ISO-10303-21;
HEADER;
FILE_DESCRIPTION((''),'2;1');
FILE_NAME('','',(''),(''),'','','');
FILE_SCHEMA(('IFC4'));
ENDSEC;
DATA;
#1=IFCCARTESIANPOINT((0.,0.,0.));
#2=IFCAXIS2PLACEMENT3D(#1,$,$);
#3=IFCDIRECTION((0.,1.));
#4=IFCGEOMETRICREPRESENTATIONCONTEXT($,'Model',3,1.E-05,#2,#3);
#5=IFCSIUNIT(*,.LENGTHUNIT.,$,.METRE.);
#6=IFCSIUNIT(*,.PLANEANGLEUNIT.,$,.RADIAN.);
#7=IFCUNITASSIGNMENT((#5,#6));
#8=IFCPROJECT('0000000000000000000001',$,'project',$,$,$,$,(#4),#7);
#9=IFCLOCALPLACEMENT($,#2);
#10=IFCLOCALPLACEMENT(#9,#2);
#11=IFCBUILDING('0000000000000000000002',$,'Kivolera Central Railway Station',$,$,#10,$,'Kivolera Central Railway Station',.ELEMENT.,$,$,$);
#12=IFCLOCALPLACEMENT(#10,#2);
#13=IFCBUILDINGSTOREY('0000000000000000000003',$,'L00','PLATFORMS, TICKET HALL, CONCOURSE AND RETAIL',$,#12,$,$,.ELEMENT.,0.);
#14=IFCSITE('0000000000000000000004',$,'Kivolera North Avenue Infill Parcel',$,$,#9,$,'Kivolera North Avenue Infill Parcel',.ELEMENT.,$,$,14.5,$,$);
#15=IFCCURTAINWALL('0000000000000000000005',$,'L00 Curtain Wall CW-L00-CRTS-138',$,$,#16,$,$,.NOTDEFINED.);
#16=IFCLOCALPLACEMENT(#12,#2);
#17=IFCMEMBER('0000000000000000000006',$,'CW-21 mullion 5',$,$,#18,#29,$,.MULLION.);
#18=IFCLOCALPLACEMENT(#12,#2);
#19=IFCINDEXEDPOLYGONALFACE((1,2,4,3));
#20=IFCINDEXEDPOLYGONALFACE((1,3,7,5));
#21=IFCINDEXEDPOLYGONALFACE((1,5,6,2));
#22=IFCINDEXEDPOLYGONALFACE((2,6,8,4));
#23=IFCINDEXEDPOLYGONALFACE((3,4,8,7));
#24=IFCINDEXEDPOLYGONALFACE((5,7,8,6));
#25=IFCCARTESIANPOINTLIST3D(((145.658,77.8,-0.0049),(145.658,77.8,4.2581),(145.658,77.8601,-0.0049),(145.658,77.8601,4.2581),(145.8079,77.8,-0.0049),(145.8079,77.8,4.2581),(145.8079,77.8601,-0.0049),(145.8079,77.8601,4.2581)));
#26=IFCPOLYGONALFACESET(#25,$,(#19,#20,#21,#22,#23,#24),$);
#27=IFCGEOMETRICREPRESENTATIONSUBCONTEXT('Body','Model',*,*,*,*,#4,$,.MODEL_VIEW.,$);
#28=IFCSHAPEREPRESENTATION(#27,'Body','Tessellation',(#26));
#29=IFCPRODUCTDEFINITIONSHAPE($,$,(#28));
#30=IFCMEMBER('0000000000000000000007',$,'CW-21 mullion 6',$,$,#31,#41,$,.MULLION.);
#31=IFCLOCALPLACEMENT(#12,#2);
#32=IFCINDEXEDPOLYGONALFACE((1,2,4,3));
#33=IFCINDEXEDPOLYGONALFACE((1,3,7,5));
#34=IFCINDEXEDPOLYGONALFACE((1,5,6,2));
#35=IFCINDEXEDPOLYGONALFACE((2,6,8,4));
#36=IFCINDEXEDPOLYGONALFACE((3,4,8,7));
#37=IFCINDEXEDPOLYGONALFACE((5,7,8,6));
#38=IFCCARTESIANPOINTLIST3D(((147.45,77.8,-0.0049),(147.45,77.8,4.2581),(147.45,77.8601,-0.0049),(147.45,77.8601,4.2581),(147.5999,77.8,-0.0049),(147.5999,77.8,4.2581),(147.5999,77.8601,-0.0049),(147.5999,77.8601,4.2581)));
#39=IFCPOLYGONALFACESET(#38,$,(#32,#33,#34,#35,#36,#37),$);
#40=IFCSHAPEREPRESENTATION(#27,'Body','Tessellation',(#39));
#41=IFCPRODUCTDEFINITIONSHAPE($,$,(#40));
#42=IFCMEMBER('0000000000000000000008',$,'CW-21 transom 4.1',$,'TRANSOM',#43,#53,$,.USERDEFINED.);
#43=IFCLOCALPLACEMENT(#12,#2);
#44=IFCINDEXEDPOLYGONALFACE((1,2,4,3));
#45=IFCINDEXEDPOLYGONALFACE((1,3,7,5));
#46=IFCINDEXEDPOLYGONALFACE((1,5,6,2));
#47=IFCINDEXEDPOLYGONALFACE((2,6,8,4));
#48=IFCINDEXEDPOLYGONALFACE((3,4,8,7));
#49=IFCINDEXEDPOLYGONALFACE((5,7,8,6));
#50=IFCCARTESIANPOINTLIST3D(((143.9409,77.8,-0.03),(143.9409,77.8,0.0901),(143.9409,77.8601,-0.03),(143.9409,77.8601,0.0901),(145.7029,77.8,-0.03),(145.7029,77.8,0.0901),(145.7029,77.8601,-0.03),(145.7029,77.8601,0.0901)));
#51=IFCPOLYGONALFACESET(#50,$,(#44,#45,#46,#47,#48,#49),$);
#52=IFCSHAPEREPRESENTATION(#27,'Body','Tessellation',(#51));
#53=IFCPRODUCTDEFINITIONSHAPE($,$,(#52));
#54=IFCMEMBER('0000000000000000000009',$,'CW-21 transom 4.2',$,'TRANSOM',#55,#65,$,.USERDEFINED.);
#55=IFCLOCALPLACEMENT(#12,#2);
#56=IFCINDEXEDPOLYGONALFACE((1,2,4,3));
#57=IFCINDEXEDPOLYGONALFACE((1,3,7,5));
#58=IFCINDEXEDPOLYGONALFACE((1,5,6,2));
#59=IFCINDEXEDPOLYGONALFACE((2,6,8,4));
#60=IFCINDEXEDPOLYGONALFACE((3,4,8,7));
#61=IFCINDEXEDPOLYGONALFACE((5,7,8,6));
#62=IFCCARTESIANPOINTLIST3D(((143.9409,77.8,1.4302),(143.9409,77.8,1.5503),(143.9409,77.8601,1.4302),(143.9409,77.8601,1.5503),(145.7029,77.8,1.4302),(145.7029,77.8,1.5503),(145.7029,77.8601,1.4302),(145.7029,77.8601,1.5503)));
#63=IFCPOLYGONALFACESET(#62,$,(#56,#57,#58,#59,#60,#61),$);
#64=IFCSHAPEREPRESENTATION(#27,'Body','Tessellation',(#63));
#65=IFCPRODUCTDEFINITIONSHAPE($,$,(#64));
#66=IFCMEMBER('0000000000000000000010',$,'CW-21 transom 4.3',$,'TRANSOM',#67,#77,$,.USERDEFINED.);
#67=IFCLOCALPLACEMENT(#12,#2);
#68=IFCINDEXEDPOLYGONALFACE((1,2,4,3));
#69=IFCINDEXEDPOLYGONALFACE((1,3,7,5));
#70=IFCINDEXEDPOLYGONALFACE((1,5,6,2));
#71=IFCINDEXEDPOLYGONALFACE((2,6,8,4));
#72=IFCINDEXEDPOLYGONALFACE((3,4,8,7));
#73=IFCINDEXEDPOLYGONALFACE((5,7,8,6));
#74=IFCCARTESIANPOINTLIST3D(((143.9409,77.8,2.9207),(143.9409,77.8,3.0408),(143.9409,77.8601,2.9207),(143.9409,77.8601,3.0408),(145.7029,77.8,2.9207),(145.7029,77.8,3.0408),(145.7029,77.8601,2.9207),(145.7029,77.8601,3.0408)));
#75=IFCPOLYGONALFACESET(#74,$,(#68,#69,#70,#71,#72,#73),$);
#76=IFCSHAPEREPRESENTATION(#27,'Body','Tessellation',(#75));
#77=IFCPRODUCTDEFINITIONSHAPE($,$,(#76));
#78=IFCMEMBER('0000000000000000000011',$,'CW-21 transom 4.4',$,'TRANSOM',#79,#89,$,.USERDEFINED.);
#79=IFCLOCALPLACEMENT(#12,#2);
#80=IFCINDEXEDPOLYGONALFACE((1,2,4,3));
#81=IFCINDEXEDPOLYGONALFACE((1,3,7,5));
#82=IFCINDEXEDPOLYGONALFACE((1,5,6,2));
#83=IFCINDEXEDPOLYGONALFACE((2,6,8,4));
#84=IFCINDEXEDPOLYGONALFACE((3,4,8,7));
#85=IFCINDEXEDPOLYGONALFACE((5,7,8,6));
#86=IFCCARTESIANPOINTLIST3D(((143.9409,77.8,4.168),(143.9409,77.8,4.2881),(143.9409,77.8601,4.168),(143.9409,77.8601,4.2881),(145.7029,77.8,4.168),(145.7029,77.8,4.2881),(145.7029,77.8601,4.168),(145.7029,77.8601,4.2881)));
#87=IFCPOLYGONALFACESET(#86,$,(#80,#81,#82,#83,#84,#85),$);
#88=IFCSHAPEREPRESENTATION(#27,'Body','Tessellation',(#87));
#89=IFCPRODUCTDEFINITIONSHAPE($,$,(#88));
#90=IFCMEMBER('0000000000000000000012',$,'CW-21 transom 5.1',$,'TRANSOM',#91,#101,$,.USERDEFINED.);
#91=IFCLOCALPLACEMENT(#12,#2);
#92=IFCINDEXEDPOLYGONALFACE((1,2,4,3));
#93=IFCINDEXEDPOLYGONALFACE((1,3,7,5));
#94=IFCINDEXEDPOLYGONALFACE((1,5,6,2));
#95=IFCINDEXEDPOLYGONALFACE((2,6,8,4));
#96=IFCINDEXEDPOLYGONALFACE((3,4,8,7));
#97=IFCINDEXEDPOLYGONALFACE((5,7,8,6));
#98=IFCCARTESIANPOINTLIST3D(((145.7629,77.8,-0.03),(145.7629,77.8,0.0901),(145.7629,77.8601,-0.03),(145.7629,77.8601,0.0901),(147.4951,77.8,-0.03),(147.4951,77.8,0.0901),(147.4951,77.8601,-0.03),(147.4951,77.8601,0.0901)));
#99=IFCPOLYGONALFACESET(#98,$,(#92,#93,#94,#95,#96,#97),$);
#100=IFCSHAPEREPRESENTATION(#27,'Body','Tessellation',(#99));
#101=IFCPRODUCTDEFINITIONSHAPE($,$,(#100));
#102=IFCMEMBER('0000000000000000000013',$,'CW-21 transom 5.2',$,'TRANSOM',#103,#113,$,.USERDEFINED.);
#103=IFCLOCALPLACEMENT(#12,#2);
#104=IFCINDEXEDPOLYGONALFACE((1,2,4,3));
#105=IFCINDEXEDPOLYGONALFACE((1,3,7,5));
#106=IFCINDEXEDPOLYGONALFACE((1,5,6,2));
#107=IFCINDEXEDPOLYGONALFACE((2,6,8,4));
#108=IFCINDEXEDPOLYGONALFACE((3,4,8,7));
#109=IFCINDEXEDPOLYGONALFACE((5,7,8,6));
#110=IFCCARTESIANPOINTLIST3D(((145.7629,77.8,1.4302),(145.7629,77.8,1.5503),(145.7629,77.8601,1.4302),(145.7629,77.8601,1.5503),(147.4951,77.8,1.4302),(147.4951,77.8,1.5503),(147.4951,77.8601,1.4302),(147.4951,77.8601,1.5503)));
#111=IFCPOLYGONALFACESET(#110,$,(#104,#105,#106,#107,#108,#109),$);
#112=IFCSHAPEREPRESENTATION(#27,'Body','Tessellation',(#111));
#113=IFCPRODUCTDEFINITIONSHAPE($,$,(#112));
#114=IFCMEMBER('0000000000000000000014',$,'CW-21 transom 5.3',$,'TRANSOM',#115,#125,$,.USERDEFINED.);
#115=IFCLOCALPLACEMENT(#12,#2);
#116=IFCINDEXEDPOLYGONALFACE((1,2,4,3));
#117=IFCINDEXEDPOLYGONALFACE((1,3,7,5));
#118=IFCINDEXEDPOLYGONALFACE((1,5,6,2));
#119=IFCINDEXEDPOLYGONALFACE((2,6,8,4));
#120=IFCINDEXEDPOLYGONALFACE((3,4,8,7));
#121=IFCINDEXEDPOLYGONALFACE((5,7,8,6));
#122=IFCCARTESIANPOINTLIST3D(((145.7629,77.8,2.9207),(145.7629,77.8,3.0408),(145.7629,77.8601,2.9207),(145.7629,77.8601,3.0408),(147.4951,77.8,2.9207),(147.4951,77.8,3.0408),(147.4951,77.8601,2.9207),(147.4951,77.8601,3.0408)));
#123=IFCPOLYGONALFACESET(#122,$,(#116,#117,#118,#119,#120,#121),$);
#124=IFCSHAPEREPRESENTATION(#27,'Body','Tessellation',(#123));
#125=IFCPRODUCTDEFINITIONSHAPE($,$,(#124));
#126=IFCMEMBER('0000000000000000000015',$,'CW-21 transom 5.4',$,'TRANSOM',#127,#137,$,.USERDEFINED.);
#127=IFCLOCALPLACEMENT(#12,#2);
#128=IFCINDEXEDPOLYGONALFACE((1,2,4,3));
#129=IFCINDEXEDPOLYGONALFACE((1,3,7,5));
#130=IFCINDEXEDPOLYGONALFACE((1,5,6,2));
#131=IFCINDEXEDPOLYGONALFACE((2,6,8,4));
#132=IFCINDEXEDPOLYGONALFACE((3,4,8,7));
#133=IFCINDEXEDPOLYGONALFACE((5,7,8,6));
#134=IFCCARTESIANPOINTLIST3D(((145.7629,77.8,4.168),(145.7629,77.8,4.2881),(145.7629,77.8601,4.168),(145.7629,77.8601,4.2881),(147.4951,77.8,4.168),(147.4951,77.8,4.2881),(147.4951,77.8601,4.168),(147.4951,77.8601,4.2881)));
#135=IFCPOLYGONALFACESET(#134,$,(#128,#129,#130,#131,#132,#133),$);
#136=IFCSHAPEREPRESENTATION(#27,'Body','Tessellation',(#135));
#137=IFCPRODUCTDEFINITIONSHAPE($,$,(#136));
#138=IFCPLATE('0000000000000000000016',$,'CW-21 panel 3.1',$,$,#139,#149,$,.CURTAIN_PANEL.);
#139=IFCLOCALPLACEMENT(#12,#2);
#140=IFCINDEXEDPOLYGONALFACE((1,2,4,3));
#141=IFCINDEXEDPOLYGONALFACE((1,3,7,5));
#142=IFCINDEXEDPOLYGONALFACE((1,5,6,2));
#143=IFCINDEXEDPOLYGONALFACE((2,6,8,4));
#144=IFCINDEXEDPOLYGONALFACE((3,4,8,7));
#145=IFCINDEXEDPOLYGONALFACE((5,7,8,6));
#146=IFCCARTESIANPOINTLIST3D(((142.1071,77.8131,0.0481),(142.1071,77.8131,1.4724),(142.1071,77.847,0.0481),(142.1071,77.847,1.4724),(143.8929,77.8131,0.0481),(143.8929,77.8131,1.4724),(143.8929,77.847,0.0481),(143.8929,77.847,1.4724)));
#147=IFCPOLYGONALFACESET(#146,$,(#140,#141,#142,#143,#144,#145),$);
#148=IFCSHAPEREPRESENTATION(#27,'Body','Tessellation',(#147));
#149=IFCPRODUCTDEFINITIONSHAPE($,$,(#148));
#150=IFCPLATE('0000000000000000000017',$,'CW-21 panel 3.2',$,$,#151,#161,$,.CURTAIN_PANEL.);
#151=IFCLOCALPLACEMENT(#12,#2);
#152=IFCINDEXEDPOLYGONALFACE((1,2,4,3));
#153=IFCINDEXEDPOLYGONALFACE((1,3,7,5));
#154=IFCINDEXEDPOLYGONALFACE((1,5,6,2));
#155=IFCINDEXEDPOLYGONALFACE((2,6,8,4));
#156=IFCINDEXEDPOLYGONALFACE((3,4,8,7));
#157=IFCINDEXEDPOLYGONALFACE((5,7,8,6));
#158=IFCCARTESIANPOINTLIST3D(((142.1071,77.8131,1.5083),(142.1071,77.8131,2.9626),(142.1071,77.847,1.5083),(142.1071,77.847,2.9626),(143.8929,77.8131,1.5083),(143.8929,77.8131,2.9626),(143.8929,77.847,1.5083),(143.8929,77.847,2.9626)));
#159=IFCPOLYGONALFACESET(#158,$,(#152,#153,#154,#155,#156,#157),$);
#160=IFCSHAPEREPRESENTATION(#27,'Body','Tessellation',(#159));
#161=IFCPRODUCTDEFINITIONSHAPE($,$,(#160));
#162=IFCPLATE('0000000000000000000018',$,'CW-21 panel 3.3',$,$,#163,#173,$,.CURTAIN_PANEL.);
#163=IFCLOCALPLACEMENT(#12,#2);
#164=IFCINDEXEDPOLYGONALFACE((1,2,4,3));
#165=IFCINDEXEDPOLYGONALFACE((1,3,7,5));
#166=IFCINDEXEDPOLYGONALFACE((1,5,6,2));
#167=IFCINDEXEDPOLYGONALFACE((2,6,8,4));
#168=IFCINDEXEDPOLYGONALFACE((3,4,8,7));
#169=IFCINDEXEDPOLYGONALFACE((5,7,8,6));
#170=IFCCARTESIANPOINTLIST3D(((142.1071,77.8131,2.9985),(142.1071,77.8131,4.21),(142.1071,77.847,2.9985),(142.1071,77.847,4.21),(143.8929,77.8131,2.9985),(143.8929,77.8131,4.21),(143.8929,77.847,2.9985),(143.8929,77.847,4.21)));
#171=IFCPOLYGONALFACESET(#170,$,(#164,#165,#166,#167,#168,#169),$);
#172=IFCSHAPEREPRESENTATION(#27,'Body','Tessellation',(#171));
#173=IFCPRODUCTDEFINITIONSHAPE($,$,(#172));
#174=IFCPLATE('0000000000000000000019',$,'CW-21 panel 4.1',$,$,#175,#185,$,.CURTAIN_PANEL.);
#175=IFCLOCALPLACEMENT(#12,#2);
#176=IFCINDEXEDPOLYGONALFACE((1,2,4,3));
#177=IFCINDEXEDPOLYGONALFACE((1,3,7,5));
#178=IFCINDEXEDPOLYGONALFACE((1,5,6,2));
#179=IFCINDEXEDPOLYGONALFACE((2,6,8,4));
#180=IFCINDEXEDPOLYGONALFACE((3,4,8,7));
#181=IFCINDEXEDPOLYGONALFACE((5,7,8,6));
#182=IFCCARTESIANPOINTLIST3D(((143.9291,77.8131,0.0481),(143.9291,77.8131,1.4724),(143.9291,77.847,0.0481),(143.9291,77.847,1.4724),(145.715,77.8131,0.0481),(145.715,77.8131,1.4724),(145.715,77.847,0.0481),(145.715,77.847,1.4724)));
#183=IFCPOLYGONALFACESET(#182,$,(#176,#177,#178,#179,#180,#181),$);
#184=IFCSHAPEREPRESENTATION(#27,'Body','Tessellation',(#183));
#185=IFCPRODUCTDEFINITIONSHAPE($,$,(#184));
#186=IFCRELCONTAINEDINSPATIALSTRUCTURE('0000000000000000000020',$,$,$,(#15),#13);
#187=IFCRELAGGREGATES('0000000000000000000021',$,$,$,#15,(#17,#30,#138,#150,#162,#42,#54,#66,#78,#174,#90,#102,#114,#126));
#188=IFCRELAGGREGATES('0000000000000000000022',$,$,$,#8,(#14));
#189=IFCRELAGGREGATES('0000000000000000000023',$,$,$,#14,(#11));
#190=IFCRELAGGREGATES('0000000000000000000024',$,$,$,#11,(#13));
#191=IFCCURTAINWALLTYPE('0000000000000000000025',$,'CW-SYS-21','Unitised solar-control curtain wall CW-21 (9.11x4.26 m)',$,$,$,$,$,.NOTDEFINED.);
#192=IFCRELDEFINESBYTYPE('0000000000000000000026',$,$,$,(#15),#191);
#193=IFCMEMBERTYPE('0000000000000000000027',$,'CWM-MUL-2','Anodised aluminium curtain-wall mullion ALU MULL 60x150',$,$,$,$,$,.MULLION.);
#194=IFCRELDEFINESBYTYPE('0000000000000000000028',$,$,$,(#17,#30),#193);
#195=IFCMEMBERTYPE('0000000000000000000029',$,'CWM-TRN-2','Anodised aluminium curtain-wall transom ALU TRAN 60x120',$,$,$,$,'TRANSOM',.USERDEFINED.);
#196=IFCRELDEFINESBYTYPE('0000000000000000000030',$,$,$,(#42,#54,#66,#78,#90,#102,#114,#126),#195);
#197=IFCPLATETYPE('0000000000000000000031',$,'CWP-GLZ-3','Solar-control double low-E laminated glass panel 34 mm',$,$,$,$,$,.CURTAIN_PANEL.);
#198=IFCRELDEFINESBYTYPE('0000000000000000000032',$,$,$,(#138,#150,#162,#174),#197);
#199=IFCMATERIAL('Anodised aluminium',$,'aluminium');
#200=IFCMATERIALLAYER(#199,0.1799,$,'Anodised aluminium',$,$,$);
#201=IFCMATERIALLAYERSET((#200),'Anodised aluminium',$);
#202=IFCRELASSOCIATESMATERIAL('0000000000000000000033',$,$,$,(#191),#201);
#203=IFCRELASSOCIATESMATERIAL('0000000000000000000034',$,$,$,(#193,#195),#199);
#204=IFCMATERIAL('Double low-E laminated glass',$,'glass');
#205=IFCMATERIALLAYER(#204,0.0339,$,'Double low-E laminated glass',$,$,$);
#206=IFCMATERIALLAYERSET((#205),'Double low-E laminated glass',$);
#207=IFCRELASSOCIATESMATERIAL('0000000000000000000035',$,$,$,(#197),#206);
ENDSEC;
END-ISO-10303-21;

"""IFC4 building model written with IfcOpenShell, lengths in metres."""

from ifc_helpers import new_model, si_unit, direction, frame, origin, origin_2d, place, context, subcontext, project, spatial, rectangle, extrude, material, layer, layer_set, material_profile, profile_set, type_object, element, aggregate, save


model = new_model("IFC4")

# Units and contexts
model_context = context("Model", 3, precision=1e-05, world=origin(), true_north=direction((0.0, 1.0)))
body_context = subcontext(model_context, "Body", "Model", "MODEL_VIEW")
ifc_project = project(units=[si_unit("LENGTHUNIT", "METRE"), si_unit("PLANEANGLEUNIT", "RADIAN")], contexts=[model_context])

# Site, building, storey
site_placement = place(None, origin())
site = spatial("IfcSite", under=ifc_project, at=site_placement, Name="Kivolera North Avenue Infill Parcel", LongName="Kivolera North Avenue Infill Parcel", CompositionType="ELEMENT", RefElevation=14.5)
building_placement = place(site_placement, origin())
building = spatial("IfcBuilding", under=site, at=building_placement, Name="Kivolera Central Railway Station", LongName="Kivolera Central Railway Station", CompositionType="ELEMENT")
storey_placement = place(building_placement, origin())
storey = spatial("IfcBuildingStorey", under=building, at=storey_placement, Name="L00", Description="PLATFORMS, TICKET HALL, CONCOURSE AND RETAIL", CompositionType="ELEMENT", Elevation=0.0)

# Curtain wall, members, plates
ifc_material_1 = material(Name="Anodised aluminium", Category="aluminium")
ifc_layer_1 = layer(ifc_material_1, 0.1799, Name="Anodised aluminium")
ifc_layer_set_1 = layer_set([ifc_layer_1], Name="Anodised aluminium")
curtain_wall_type = type_object("IfcCurtainWallType", Name="CW-SYS-21", Description="Unitised solar-control curtain wall CW-21 (9.11x4.26 m)", PredefinedType="NOTDEFINED", material=ifc_layer_set_1)
curtain_wall_placement = place(storey_placement, origin())
curtain_wall = element("IfcCurtainWall", 1, at=curtain_wall_placement, inside=storey, type_object=curtain_wall_type, Name="L00 Curtain Wall CW-L00-CRTS-138", PredefinedType="NOTDEFINED")
ifc_material_profile_1 = material_profile(ifc_material_1, rectangle(XDim=0.0601, YDim=0.1499, at=origin_2d()), Name="ALU MULL 60x150")
ifc_profile_set_1 = profile_set([ifc_material_profile_1], Name="Anodised aluminium")
member_type_1 = type_object("IfcMemberType", Name="CWM-MUL-2", Description="Anodised aluminium curtain-wall mullion ALU MULL 60x150", PredefinedType="MULLION", material=ifc_profile_set_1)
member_1_placement = place(storey_placement, frame((145.7329, 77.8301, -0.0049), z_axis=(0.0, 0.0, 1.0), x_axis=(0.0, 1.0, 0.0)))
member_1 = element("IfcMember", 2, at=member_1_placement, type_object=member_type_1, Name="CW-21 mullion 5", PredefinedType="MULLION", context=body_context, shape_type="SweptSolid", body=[
    extrude(rectangle(XDim=0.0601, YDim=0.1499, at=origin_2d()), origin(), (0.0, 0.0, 1.0), 4.2629),
])
member_2_placement = place(storey_placement, frame((147.5249, 77.8301, -0.0049), z_axis=(0.0, 0.0, 1.0), x_axis=(0.0, 1.0, 0.0)))
member_2 = element("IfcMember", 3, at=member_2_placement, type_object=member_type_1, Name="CW-21 mullion 6", PredefinedType="MULLION", context=body_context, shape_type="SweptSolid", body=[
    extrude(rectangle(XDim=0.0601, YDim=0.1499, at=origin_2d()), origin(), (0.0, 0.0, 1.0), 4.2629),
])
ifc_material_profile_2 = material_profile(ifc_material_1, rectangle(XDim=0.0601, YDim=0.1201, at=origin_2d()), Name="ALU TRAN 60x120")
ifc_profile_set_2 = profile_set([ifc_material_profile_2], Name="Anodised aluminium")
member_type_2 = type_object("IfcMemberType", Name="CWM-TRN-2", Description="Anodised aluminium curtain-wall transom ALU TRAN 60x120", ElementType="TRANSOM", PredefinedType="USERDEFINED", material=ifc_profile_set_2)
member_3_placement = place(storey_placement, frame((143.9409, 77.8301, 0.03), z_axis=(1.0, 0.0, 0.0), x_axis=(0.0, 1.0, 0.0)))
member_3 = element("IfcMember", 4, at=member_3_placement, type_object=member_type_2, Name="CW-21 transom 4.1", ObjectType="TRANSOM", PredefinedType="USERDEFINED", context=body_context, shape_type="SweptSolid", body=[
    extrude(rectangle(XDim=0.0601, YDim=0.1201, at=origin_2d()), origin(), (0.0, 0.0, 1.0), 1.762),
])
member_4_placement = place(storey_placement, frame((143.9409, 77.8301, 1.4902), z_axis=(1.0, 0.0, 0.0), x_axis=(0.0, 1.0, 0.0)))
member_4 = element("IfcMember", 5, at=member_4_placement, type_object=member_type_2, Name="CW-21 transom 4.2", ObjectType="TRANSOM", PredefinedType="USERDEFINED", context=body_context, shape_type="SweptSolid", body=[
    extrude(rectangle(XDim=0.0601, YDim=0.1201, at=origin_2d()), origin(), (0.0, 0.0, 1.0), 1.762),
])
member_5_placement = place(storey_placement, frame((143.9409, 77.8301, 2.9807), z_axis=(1.0, 0.0, 0.0), x_axis=(0.0, 1.0, 0.0)))
member_5 = element("IfcMember", 6, at=member_5_placement, type_object=member_type_2, Name="CW-21 transom 4.3", ObjectType="TRANSOM", PredefinedType="USERDEFINED", context=body_context, shape_type="SweptSolid", body=[
    extrude(rectangle(XDim=0.0601, YDim=0.1201, at=origin_2d()), origin(), (0.0, 0.0, 1.0), 1.762),
])
member_6_placement = place(storey_placement, frame((143.9409, 77.8301, 4.228), z_axis=(1.0, 0.0, 0.0), x_axis=(0.0, 1.0, 0.0)))
member_6 = element("IfcMember", 7, at=member_6_placement, type_object=member_type_2, Name="CW-21 transom 4.4", ObjectType="TRANSOM", PredefinedType="USERDEFINED", context=body_context, shape_type="SweptSolid", body=[
    extrude(rectangle(XDim=0.0601, YDim=0.1201, at=origin_2d()), origin(), (0.0, 0.0, 1.0), 1.762),
])
member_7_placement = place(storey_placement, frame((145.7629, 77.8301, 0.03), z_axis=(1.0, 0.0, 0.0), x_axis=(0.0, 1.0, 0.0)))
member_7 = element("IfcMember", 8, at=member_7_placement, type_object=member_type_2, Name="CW-21 transom 5.1", ObjectType="TRANSOM", PredefinedType="USERDEFINED", context=body_context, shape_type="SweptSolid", body=[
    extrude(rectangle(XDim=0.0601, YDim=0.1201, at=origin_2d()), origin(), (0.0, 0.0, 1.0), 1.7322),
])
member_8_placement = place(storey_placement, frame((145.7629, 77.8301, 1.4902), z_axis=(1.0, 0.0, 0.0), x_axis=(0.0, 1.0, 0.0)))
member_8 = element("IfcMember", 9, at=member_8_placement, type_object=member_type_2, Name="CW-21 transom 5.2", ObjectType="TRANSOM", PredefinedType="USERDEFINED", context=body_context, shape_type="SweptSolid", body=[
    extrude(rectangle(XDim=0.0601, YDim=0.1201, at=origin_2d()), origin(), (0.0, 0.0, 1.0), 1.7322),
])
member_9_placement = place(storey_placement, frame((145.7629, 77.8301, 2.9807), z_axis=(1.0, 0.0, 0.0), x_axis=(0.0, 1.0, 0.0)))
member_9 = element("IfcMember", 10, at=member_9_placement, type_object=member_type_2, Name="CW-21 transom 5.3", ObjectType="TRANSOM", PredefinedType="USERDEFINED", context=body_context, shape_type="SweptSolid", body=[
    extrude(rectangle(XDim=0.0601, YDim=0.1201, at=origin_2d()), origin(), (0.0, 0.0, 1.0), 1.7322),
])
member_10_placement = place(storey_placement, frame((145.7629, 77.8301, 4.228), z_axis=(1.0, 0.0, 0.0), x_axis=(0.0, 1.0, 0.0)))
member_10 = element("IfcMember", 11, at=member_10_placement, type_object=member_type_2, Name="CW-21 transom 5.4", ObjectType="TRANSOM", PredefinedType="USERDEFINED", context=body_context, shape_type="SweptSolid", body=[
    extrude(rectangle(XDim=0.0601, YDim=0.1201, at=origin_2d()), origin(), (0.0, 0.0, 1.0), 1.7322),
])
ifc_material_2 = material(Name="Double low-E laminated glass", Category="glass")
ifc_layer_2 = layer(ifc_material_2, 0.0339, Name="Double low-E laminated glass")
ifc_layer_set_2 = layer_set([ifc_layer_2], Name="Double low-E laminated glass")
plate_type = type_object("IfcPlateType", Name="CWP-GLZ-3", Description="Solar-control double low-E laminated glass panel 34 mm", PredefinedType="CURTAIN_PANEL", material=ifc_layer_set_2)
plate_1_placement = place(storey_placement, frame((143.0, 77.8301, 0.0481), z_axis=(0.0, 0.0, 1.0), x_axis=(1.0, 0.0, 0.0)))
plate_1 = element("IfcPlate", 12, at=plate_1_placement, type_object=plate_type, Name="CW-21 panel 3.1", PredefinedType="CURTAIN_PANEL", context=body_context, shape_type="SweptSolid", body=[
    extrude(rectangle(XDim=1.7859, YDim=0.0339, at=origin_2d()), origin(), (0.0, 0.0, 1.0), 1.4243),
])
plate_2_placement = place(storey_placement, frame((143.0, 77.8301, 1.5083), z_axis=(0.0, 0.0, 1.0), x_axis=(1.0, 0.0, 0.0)))
plate_2 = element("IfcPlate", 13, at=plate_2_placement, type_object=plate_type, Name="CW-21 panel 3.2", PredefinedType="CURTAIN_PANEL", context=body_context, shape_type="SweptSolid", body=[
    extrude(rectangle(XDim=1.7859, YDim=0.0339, at=origin_2d()), origin(), (0.0, 0.0, 1.0), 1.4543),
])
plate_3_placement = place(storey_placement, frame((143.0, 77.8301, 2.9985), z_axis=(0.0, 0.0, 1.0), x_axis=(1.0, 0.0, 0.0)))
plate_3 = element("IfcPlate", 14, at=plate_3_placement, type_object=plate_type, Name="CW-21 panel 3.3", PredefinedType="CURTAIN_PANEL", context=body_context, shape_type="SweptSolid", body=[
    extrude(rectangle(XDim=1.7859, YDim=0.0339, at=origin_2d()), origin(), (0.0, 0.0, 1.0), 1.2114),
])
plate_4_placement = place(storey_placement, frame((144.822, 77.8301, 0.0481), z_axis=(0.0, 0.0, 1.0), x_axis=(1.0, 0.0, 0.0)))
plate_4 = element("IfcPlate", 15, at=plate_4_placement, type_object=plate_type, Name="CW-21 panel 4.1", PredefinedType="CURTAIN_PANEL", context=body_context, shape_type="SweptSolid", body=[
    extrude(rectangle(XDim=1.7859, YDim=0.0339, at=origin_2d()), origin(), (0.0, 0.0, 1.0), 1.4243),
])
aggregate(curtain_wall, [member_1, member_2, plate_1, plate_2, plate_3, member_3, member_4, member_5, member_6, plate_4, member_7, member_8, member_9, member_10])

save(model, "model.ifc")
